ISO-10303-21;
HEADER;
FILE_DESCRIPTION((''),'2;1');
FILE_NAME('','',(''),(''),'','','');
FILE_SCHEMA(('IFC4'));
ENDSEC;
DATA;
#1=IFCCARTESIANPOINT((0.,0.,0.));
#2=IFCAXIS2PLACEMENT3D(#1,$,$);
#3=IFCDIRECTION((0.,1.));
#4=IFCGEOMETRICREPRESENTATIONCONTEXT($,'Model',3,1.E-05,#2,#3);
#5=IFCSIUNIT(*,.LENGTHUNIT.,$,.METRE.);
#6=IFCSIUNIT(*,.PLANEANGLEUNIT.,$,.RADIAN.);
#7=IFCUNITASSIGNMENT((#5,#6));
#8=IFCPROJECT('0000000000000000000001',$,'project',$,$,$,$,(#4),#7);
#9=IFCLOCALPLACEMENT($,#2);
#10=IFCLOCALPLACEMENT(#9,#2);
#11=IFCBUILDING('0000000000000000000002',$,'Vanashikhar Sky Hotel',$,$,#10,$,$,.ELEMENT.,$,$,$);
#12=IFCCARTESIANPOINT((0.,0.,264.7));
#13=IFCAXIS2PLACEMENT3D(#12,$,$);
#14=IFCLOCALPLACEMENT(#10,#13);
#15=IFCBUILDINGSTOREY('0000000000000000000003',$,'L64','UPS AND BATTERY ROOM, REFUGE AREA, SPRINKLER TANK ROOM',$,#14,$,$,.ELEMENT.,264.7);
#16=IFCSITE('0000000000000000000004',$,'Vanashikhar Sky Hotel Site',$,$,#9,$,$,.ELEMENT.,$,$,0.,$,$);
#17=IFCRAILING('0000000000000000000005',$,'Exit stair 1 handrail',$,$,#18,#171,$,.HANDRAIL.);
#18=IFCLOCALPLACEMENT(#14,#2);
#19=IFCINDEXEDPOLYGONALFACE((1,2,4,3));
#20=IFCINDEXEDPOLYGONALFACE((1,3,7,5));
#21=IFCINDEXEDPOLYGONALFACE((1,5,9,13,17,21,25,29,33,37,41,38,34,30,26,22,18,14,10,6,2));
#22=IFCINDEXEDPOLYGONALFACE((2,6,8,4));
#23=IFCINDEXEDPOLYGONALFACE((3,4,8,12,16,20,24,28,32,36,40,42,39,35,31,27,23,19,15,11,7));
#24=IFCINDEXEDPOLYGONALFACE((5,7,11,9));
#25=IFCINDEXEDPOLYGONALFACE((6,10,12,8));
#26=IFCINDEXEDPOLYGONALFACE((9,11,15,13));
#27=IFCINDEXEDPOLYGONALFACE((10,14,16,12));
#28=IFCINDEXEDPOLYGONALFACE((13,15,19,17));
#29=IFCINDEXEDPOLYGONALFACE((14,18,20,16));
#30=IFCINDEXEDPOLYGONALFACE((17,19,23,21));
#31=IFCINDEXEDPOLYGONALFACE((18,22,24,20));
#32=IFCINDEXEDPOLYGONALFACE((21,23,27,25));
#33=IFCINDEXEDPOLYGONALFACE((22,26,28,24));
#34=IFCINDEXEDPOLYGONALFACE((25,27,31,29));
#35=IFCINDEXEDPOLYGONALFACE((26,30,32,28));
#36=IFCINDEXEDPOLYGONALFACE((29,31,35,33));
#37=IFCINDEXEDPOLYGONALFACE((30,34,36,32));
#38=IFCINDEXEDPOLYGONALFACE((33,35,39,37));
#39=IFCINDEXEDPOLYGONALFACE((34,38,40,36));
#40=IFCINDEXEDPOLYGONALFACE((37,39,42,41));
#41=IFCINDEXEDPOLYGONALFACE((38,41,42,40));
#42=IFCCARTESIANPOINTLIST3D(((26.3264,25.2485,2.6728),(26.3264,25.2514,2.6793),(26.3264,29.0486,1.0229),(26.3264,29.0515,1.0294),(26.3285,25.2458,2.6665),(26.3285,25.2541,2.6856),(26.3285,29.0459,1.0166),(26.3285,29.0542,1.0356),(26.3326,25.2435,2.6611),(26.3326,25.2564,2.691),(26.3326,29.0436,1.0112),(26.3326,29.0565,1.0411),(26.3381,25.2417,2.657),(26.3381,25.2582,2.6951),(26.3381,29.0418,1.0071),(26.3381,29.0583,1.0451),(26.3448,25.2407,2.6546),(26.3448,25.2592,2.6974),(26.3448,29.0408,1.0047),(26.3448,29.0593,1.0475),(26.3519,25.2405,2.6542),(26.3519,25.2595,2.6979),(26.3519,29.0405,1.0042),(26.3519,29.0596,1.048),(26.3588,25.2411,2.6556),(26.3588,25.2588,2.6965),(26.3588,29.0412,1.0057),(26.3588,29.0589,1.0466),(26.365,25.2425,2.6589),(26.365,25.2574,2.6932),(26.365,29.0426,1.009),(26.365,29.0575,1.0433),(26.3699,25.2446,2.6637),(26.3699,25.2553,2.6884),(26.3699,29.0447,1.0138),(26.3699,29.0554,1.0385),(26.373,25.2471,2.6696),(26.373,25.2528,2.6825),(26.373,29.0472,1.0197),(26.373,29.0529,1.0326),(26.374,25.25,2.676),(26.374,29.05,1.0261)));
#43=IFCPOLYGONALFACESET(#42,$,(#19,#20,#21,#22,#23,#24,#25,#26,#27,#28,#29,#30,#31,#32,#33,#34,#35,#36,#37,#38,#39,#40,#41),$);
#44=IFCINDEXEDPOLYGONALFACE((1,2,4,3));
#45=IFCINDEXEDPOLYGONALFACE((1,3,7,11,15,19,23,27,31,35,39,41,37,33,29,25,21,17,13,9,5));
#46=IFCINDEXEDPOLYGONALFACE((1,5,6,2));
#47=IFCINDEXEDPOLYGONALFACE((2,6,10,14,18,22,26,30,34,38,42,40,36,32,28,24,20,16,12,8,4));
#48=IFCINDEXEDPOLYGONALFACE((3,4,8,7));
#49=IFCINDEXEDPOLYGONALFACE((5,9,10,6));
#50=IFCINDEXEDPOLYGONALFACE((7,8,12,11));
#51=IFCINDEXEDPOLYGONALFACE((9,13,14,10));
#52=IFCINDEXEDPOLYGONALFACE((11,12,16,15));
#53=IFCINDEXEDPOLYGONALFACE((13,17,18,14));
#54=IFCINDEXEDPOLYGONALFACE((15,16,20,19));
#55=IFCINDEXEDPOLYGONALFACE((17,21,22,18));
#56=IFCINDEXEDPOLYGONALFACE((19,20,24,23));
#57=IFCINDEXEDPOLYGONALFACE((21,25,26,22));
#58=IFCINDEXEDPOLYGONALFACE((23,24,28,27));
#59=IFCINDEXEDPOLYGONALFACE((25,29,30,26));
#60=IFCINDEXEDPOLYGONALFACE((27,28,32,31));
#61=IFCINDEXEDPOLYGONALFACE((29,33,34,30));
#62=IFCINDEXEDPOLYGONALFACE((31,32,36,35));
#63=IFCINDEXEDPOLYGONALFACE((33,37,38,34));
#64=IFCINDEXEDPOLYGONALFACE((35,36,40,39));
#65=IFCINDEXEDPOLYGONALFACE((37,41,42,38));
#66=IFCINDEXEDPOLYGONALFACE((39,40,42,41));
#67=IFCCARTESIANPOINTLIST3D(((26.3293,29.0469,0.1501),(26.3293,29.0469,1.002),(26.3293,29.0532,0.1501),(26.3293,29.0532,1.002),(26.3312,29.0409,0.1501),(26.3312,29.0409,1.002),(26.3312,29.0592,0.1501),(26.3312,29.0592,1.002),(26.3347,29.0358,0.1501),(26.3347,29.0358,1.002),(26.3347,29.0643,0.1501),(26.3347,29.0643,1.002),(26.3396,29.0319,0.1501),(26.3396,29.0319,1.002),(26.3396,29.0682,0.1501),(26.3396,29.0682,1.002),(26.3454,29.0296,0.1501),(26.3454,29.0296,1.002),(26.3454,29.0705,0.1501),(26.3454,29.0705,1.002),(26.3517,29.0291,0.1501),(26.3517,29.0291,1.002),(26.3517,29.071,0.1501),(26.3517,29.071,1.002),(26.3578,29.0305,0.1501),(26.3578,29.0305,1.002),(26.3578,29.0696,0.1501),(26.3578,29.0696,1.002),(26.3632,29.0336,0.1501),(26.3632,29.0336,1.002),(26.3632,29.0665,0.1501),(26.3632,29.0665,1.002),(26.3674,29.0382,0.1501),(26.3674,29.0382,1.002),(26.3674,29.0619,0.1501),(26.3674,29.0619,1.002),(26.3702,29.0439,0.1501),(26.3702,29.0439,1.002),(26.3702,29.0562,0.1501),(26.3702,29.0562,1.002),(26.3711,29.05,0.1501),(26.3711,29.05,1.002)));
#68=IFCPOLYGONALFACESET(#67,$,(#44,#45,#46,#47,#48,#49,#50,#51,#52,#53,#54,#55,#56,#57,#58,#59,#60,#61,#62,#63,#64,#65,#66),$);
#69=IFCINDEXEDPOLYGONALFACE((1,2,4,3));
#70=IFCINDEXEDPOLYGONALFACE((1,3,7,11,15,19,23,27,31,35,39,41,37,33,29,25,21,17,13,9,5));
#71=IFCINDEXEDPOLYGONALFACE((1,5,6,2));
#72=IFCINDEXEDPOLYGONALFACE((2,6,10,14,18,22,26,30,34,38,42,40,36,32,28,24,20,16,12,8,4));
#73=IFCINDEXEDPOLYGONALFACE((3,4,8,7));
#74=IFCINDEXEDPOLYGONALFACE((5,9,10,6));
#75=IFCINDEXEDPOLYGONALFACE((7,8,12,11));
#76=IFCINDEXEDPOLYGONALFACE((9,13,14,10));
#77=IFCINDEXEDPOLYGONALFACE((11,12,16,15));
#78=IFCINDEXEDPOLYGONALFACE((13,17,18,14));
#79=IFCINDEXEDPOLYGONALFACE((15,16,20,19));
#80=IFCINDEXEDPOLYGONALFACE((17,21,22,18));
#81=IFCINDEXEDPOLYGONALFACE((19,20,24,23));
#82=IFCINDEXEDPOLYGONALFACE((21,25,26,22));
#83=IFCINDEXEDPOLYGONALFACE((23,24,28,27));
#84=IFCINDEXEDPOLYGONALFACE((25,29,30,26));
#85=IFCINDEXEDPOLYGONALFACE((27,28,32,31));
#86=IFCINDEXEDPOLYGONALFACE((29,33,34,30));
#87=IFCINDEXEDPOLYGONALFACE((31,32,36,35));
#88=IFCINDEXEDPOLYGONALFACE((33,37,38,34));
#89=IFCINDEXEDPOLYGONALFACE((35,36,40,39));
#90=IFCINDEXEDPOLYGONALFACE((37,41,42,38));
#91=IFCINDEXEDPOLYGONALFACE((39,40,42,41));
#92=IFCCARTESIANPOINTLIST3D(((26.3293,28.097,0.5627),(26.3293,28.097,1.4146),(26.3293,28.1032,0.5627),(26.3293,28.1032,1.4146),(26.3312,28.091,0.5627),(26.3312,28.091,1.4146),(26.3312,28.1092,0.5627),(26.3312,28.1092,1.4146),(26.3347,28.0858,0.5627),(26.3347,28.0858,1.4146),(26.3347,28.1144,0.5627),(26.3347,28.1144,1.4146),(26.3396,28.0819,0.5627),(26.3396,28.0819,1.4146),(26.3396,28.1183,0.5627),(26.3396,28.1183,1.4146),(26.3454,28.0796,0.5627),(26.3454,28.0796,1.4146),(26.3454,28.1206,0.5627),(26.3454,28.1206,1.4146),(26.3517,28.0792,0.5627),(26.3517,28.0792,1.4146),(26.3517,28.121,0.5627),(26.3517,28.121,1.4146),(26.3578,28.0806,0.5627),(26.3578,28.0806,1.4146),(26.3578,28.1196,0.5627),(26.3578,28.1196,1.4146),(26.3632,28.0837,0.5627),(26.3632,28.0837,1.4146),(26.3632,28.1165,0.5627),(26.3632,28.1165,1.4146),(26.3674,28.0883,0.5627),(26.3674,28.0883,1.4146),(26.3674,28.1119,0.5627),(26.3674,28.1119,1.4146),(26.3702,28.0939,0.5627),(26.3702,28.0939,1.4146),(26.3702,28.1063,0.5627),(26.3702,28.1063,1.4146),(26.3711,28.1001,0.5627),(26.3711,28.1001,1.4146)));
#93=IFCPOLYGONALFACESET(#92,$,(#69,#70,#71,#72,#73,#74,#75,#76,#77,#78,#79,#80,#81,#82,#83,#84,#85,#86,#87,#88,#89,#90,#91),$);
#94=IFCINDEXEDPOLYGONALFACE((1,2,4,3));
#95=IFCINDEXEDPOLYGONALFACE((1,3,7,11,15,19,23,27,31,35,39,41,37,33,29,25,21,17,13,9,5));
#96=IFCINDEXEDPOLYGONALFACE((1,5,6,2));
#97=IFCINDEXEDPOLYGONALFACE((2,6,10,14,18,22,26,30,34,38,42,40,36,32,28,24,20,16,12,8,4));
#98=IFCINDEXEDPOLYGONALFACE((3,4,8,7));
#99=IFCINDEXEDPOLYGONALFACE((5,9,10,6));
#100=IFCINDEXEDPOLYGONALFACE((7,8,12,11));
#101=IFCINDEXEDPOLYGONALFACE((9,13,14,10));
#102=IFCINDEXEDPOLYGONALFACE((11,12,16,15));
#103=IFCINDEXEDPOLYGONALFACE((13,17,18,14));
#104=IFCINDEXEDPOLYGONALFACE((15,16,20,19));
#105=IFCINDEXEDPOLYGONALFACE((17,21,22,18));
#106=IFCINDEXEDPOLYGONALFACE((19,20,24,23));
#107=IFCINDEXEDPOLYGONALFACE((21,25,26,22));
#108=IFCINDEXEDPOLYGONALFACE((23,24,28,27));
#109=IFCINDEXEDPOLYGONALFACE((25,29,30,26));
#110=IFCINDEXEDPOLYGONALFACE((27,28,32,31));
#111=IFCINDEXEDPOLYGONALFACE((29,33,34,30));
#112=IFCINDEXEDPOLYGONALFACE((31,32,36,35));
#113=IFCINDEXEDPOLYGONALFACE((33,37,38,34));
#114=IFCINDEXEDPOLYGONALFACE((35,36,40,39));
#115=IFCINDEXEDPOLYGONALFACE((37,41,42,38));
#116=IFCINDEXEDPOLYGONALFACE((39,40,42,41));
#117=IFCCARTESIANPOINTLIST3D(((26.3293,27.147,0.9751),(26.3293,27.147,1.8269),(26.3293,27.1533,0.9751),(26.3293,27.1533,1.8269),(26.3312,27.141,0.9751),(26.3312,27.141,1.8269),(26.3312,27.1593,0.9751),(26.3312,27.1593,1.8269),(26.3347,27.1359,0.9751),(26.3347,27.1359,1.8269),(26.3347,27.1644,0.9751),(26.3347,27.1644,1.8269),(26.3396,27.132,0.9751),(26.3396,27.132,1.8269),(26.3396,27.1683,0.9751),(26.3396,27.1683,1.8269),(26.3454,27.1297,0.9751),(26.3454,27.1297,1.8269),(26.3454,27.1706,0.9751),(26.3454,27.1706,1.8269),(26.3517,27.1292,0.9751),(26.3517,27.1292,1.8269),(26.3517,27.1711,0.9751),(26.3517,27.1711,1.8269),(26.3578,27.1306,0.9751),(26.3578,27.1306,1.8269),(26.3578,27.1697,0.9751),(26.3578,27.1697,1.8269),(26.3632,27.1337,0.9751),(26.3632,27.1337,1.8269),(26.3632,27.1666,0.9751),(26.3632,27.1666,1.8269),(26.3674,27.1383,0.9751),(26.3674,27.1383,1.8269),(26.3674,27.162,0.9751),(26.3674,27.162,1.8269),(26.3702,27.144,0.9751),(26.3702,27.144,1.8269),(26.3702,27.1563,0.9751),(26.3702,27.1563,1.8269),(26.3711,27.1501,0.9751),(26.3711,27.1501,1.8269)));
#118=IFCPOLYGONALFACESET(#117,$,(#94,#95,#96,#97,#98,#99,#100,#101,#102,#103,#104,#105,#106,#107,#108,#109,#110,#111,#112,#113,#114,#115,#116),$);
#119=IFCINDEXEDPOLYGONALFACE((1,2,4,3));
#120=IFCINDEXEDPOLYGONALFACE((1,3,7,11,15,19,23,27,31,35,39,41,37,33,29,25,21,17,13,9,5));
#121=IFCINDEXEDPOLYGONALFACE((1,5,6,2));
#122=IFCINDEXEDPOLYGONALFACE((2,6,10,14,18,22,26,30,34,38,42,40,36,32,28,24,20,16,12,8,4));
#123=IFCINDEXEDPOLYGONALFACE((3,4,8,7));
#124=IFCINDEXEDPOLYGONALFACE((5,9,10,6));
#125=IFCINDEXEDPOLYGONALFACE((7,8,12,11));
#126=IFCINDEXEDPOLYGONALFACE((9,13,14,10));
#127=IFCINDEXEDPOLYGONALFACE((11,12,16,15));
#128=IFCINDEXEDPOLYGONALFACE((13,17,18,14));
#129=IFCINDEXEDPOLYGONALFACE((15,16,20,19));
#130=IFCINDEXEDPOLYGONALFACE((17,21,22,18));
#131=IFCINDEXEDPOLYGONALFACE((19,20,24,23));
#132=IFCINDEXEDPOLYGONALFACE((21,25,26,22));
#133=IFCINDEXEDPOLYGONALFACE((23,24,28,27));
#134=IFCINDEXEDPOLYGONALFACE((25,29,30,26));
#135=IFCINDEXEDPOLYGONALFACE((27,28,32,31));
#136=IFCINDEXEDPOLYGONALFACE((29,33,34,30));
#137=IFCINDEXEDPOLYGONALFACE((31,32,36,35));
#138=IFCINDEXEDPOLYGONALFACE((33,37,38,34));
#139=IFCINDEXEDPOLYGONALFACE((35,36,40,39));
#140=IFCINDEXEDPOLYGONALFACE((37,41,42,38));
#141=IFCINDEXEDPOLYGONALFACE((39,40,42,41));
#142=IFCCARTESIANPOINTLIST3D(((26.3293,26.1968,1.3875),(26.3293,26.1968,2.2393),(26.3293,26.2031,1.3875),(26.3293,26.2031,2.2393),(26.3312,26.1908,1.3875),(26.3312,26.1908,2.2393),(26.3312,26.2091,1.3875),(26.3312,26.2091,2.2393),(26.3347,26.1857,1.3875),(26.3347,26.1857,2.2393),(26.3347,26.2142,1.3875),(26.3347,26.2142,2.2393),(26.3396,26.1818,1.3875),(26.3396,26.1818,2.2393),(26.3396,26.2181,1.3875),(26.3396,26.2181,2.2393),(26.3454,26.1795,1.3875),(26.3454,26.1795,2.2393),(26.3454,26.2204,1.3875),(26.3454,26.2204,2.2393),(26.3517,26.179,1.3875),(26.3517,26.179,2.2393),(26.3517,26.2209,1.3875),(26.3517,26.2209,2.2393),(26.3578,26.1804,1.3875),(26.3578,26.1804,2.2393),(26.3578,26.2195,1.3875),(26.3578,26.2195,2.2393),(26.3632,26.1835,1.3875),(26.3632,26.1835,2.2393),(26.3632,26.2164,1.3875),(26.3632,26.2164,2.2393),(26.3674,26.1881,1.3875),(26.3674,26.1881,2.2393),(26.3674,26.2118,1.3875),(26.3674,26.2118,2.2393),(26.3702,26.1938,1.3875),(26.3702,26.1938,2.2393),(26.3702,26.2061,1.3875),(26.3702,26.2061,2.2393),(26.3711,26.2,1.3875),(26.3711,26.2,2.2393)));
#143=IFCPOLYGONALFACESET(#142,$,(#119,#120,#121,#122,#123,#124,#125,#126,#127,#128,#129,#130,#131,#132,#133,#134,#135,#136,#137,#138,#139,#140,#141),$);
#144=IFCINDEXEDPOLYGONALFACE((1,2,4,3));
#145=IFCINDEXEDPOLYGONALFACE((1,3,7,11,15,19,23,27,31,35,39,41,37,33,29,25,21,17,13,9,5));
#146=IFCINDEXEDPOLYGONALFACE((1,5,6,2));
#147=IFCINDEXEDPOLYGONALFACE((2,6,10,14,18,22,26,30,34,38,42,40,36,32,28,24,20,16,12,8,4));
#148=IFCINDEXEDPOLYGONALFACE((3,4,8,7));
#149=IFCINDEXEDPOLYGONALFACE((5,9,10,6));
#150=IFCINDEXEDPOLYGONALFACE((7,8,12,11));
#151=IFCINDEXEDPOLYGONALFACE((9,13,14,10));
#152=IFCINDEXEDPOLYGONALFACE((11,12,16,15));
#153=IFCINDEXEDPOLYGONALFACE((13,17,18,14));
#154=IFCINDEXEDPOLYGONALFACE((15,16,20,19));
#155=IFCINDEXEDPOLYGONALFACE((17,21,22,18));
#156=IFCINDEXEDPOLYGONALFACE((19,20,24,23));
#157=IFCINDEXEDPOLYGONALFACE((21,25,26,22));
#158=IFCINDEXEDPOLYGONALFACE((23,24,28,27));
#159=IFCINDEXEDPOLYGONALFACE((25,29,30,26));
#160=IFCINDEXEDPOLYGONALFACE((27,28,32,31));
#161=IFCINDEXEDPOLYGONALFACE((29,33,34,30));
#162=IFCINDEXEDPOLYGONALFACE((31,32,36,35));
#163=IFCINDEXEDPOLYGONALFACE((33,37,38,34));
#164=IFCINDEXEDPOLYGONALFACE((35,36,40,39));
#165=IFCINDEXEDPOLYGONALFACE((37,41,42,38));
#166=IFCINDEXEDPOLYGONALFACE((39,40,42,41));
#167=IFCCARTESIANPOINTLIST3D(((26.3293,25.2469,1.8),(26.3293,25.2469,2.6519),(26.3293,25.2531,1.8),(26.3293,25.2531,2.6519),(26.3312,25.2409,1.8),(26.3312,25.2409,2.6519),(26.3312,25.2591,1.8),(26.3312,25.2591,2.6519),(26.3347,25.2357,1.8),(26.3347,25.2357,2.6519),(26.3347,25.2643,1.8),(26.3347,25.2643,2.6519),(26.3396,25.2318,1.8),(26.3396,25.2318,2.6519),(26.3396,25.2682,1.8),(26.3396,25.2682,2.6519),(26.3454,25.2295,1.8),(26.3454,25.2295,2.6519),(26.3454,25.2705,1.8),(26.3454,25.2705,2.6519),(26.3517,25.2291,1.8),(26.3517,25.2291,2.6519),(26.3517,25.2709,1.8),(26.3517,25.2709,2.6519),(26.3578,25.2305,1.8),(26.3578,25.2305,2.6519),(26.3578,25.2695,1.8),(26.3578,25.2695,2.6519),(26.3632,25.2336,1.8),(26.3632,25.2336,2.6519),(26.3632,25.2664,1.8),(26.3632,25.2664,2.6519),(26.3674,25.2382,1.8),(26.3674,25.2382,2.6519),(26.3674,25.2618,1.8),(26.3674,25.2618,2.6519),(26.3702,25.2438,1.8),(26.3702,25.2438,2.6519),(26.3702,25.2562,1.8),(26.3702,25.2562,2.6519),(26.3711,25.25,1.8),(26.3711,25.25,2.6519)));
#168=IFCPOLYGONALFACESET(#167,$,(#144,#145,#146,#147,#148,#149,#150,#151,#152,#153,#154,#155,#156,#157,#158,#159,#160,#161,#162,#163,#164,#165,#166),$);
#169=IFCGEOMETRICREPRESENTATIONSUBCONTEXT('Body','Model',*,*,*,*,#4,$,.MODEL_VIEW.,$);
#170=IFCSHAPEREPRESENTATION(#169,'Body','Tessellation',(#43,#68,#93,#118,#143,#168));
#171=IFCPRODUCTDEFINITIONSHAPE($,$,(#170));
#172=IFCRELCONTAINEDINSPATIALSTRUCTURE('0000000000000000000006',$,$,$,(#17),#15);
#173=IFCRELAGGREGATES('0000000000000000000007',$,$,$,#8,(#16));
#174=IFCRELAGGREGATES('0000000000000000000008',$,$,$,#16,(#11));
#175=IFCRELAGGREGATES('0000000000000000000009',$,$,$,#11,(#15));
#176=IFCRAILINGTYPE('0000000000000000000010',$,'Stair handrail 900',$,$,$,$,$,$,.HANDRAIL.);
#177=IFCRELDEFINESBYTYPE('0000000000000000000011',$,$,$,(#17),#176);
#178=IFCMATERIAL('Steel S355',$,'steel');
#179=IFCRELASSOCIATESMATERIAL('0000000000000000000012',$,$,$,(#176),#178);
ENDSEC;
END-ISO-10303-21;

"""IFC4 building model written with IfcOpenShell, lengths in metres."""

from ifc_helpers import new_model, si_unit, direction, frame, origin, origin_2d, place, context, subcontext, project, spatial, circle, extrude, source, transform, mapped, material, type_object, element, save


model = new_model("IFC4")

# Units and contexts
model_context = context("Model", 3, precision=1e-05, world=origin(), true_north=direction((0.0, 1.0)))
body_context = subcontext(model_context, "Body", "Model", "MODEL_VIEW")
ifc_project = project(units=[si_unit("LENGTHUNIT", "METRE"), si_unit("PLANEANGLEUNIT", "RADIAN")], contexts=[model_context])

# Site, building, storey
site_placement = place(None, origin())
site = spatial("IfcSite", under=ifc_project, at=site_placement, Name="Vanashikhar Sky Hotel Site", CompositionType="ELEMENT", RefElevation=0.0)
building_placement = place(site_placement, origin())
building = spatial("IfcBuilding", under=site, at=building_placement, Name="Vanashikhar Sky Hotel", CompositionType="ELEMENT")
storey_placement = place(building_placement, frame((0.0, 0.0, 264.7)))
storey = spatial("IfcBuildingStorey", under=building, at=storey_placement, Name="L64", Description="UPS AND BATTERY ROOM, REFUGE AREA, SPRINKLER TANK ROOM", CompositionType="ELEMENT", Elevation=264.7)

# Railing
ifc_material_1 = material(Name="Steel S355", Category="steel")
railing_type_1 = type_object("IfcRailingType", Name="Stair handrail 900", PredefinedType="HANDRAIL", material=ifc_material_1)
shared_shape_1 = source(origin(), body_context, "Body", "SweptSolid", [
    extrude(circle(Radius=0.0239, at=origin_2d()), frame((0.0, 0.0, 0.876), z_axis=(0.0, -0.917272, 0.398261), x_axis=(1.0, 0.0, 0.0)), (0.0, 0.0, 1.0), 4.1428),
    extrude(circle(Radius=0.021, at=origin_2d()), origin(), (0.0, 0.0, 1.0), 0.8518),
    extrude(circle(Radius=0.021, at=origin_2d()), frame((0.0, -0.95, 0.4126)), (0.0, 0.0, 1.0), 0.8518),
    extrude(circle(Radius=0.021, at=origin_2d()), frame((0.0, -1.8999, 0.825)), (0.0, 0.0, 1.0), 0.8518),
    extrude(circle(Radius=0.021, at=origin_2d()), frame((0.0, -2.8501, 1.2373)), (0.0, 0.0, 1.0), 0.8518),
    extrude(circle(Radius=0.021, at=origin_2d()), frame((0.0, -3.8, 1.6499)), (0.0, 0.0, 1.0), 0.8518),
])
for number, where, name in (
    (1, (26.3501, 29.05, 0.1501), "Exit stair 1 handrail"),
):
    element("IfcRailing", number, at=place(storey_placement, frame(where)), inside=storey, type_object=railing_type_1, Name=name, PredefinedType="HANDRAIL", context=body_context, shape_type="MappedRepresentation", body=[
        mapped(shared_shape_1, transform((0.0, 0.0, 0.0), scale=1.0)),
    ])

save(model, "model.ifc")
